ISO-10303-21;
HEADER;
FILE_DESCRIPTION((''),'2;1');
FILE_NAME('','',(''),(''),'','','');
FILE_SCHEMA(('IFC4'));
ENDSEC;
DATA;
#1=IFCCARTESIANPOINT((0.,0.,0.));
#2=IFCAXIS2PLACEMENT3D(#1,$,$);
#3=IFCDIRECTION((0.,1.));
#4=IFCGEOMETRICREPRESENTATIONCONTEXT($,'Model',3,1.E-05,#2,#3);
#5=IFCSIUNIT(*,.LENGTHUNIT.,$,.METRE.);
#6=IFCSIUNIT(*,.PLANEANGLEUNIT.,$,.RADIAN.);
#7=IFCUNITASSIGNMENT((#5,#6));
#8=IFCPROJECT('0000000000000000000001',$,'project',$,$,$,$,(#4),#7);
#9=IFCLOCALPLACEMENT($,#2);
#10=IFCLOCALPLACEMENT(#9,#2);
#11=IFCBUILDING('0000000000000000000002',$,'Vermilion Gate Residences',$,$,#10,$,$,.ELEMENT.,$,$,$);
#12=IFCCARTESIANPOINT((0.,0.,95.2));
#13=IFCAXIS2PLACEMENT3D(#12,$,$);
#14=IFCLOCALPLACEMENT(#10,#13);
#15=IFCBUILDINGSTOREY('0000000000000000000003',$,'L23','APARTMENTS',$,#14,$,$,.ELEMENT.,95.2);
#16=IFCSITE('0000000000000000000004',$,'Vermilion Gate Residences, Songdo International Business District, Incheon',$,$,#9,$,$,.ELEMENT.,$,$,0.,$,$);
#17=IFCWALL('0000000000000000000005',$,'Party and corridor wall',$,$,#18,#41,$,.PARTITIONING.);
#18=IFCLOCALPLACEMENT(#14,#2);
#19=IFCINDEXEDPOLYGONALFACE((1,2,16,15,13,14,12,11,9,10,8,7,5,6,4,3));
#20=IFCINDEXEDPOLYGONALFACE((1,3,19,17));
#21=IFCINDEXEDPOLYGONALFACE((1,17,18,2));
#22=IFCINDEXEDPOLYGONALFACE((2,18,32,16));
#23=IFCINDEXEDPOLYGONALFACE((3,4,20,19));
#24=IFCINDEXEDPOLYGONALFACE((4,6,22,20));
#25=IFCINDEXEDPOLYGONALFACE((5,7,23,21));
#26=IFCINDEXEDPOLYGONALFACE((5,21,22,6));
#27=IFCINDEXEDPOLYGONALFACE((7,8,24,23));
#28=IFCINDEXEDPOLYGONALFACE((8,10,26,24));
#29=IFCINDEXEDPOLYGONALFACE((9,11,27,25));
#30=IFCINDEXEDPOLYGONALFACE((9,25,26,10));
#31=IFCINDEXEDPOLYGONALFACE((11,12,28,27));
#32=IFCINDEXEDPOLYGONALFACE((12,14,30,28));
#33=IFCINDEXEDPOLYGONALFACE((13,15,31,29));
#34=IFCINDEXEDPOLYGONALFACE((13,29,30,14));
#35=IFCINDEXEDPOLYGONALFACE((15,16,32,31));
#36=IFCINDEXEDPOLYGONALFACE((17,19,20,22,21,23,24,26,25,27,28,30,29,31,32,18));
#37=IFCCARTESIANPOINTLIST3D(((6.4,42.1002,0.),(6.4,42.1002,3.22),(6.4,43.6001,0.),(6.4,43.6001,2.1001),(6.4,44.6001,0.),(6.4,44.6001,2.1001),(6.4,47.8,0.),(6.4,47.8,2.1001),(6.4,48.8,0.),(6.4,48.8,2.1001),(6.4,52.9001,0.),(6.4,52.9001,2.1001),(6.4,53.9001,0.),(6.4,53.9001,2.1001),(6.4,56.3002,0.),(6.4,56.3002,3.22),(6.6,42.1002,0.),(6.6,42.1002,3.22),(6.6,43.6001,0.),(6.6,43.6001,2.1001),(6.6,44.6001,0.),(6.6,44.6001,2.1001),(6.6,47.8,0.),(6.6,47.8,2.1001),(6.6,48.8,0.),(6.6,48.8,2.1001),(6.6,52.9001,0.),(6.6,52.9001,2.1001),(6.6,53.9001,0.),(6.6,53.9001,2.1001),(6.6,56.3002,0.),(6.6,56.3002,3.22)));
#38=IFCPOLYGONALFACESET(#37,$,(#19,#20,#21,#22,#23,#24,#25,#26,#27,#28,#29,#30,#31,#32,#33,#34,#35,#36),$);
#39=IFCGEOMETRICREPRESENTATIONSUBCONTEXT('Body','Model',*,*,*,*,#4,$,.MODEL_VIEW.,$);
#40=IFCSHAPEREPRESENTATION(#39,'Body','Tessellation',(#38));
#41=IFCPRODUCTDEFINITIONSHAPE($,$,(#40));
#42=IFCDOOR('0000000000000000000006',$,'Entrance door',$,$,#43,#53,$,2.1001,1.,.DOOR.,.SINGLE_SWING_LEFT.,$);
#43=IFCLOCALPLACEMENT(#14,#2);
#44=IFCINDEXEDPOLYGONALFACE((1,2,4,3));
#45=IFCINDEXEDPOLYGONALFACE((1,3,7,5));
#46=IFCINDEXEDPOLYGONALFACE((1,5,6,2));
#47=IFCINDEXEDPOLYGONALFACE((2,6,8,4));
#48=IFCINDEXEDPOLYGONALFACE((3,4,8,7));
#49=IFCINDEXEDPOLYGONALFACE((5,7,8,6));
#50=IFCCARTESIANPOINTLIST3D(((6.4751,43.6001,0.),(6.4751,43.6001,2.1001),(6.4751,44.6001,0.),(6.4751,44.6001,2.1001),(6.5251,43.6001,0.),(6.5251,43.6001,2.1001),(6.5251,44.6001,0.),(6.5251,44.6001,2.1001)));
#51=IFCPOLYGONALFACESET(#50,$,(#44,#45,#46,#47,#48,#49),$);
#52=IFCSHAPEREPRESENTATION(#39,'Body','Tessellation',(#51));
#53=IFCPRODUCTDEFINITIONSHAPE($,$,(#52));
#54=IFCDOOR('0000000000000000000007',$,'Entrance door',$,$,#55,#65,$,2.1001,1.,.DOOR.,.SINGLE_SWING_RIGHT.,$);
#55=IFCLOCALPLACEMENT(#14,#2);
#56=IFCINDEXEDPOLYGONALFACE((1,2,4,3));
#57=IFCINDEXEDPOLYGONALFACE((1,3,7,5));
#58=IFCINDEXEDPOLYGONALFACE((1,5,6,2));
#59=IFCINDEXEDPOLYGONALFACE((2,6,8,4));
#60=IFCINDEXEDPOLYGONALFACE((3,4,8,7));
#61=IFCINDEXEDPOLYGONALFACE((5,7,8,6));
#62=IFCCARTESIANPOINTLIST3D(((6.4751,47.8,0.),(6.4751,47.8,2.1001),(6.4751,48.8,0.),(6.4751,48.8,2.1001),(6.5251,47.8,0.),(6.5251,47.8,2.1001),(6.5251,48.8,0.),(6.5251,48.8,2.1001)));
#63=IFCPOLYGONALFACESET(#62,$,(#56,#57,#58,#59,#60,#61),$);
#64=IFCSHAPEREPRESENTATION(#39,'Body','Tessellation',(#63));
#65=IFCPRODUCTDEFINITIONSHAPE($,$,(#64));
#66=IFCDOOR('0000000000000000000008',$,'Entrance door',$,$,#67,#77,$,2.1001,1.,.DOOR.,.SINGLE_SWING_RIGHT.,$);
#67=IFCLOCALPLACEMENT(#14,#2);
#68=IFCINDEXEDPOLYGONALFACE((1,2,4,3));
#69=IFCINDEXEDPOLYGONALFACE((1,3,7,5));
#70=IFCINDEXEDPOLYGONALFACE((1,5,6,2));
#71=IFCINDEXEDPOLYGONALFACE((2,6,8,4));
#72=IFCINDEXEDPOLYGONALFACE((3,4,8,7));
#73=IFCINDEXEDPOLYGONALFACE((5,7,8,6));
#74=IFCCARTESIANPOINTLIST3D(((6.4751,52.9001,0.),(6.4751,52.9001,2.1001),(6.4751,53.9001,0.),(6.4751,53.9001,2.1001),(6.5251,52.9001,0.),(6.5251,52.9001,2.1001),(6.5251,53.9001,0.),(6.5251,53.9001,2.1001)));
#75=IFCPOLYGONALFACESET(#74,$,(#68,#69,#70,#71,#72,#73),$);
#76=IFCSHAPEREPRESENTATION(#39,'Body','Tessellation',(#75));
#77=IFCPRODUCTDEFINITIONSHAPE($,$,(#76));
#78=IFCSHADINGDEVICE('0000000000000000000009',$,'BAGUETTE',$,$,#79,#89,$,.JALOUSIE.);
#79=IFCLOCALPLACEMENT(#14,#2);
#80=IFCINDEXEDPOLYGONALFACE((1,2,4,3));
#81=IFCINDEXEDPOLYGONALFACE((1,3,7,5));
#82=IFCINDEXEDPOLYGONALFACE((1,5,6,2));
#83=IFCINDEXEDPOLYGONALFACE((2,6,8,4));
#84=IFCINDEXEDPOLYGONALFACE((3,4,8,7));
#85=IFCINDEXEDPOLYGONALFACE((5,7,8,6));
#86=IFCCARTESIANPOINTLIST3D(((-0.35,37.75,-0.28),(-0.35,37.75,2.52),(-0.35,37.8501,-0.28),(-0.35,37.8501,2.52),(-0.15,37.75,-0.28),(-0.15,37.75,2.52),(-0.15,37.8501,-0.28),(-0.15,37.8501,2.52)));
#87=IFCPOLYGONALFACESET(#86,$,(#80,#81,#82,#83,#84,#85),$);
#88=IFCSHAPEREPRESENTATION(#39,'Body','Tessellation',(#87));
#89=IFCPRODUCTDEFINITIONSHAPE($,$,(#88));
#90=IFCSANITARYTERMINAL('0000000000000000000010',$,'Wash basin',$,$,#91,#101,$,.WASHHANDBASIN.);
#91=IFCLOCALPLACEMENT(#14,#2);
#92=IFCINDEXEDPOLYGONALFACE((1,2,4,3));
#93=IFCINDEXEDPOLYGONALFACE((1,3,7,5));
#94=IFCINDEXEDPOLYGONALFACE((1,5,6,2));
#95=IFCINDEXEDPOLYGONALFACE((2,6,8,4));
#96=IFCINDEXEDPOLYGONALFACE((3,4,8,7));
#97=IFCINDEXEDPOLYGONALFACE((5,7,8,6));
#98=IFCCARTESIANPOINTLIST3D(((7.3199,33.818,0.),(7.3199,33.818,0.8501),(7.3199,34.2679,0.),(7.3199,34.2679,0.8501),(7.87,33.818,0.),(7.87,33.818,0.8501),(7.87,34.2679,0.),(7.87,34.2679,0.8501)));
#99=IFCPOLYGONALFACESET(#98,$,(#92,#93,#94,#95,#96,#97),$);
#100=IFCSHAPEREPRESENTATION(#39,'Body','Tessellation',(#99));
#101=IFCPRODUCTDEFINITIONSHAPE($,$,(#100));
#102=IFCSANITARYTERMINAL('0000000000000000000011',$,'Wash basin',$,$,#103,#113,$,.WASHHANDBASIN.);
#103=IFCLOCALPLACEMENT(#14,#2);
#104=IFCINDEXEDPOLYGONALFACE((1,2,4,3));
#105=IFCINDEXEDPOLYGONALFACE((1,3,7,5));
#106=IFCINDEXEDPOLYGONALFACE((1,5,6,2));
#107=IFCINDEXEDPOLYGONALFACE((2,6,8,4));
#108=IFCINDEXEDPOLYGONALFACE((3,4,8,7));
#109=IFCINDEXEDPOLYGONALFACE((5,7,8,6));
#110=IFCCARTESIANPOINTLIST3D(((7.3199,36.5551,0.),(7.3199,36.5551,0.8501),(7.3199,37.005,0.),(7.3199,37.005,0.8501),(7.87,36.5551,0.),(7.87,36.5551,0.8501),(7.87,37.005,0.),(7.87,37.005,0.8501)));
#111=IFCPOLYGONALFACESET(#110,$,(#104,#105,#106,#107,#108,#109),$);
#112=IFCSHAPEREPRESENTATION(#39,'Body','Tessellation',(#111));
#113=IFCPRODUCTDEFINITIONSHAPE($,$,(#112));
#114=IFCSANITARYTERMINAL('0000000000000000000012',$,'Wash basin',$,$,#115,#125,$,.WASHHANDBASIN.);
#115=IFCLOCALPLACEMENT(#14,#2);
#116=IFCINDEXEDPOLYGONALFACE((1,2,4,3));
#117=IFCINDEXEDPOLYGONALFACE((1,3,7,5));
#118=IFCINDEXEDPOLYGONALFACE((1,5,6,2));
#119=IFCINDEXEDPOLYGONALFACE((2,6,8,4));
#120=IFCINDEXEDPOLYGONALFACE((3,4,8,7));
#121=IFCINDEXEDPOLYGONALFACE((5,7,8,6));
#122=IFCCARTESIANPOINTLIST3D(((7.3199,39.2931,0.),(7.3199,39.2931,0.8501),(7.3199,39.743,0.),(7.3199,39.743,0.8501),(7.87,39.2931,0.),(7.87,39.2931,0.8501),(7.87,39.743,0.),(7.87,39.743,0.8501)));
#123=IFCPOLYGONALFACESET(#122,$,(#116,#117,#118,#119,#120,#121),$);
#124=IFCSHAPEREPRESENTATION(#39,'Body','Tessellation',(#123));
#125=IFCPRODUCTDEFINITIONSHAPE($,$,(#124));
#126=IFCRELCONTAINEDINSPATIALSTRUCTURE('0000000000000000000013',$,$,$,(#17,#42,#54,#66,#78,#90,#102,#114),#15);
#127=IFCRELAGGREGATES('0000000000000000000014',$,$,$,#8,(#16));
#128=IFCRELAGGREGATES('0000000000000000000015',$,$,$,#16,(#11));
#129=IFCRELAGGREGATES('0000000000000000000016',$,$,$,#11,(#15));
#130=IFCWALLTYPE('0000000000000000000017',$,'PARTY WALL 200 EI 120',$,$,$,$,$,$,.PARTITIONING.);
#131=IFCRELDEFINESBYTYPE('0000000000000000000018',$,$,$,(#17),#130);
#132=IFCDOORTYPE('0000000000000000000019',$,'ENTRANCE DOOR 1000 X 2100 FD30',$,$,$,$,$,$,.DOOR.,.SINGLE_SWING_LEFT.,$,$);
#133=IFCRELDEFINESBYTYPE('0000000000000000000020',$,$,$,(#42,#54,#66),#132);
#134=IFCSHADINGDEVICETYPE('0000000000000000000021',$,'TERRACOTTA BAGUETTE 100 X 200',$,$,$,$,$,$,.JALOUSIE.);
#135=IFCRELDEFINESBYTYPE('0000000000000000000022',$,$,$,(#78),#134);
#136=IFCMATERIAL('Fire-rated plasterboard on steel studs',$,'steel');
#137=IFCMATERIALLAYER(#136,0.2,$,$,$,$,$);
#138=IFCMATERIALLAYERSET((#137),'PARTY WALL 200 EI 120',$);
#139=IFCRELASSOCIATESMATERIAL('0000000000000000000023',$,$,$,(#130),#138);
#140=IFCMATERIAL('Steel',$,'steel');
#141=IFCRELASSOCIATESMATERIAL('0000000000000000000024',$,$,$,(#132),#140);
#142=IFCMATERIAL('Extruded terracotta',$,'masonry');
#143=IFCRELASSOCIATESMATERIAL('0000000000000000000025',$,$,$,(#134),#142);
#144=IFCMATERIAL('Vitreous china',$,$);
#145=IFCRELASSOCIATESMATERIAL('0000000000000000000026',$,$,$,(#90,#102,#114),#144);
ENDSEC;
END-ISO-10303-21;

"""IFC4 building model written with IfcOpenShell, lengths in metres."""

from ifc_helpers import new_model, si_unit, direction, frame, frame_2d, origin, origin_2d, place, context, subcontext, project, spatial, rectangle, extrude, material, layer, layer_set, material_profile, profile_set, type_object, element, fill, save


model = new_model("IFC4")

# Units and contexts
model_context = context("Model", 3, precision=1e-05, world=origin(), true_north=direction((0.0, 1.0)))
body_context = subcontext(model_context, "Body", "Model", "MODEL_VIEW")
ifc_project = project(units=[si_unit("LENGTHUNIT", "METRE"), si_unit("PLANEANGLEUNIT", "RADIAN")], contexts=[model_context])

# Site, building, storey
site_placement = place(None, origin())
site = spatial("IfcSite", under=ifc_project, at=site_placement, Name="Vermilion Gate Residences, Songdo International Business District, Incheon", CompositionType="ELEMENT", RefElevation=0.0)
building_placement = place(site_placement, origin())
building = spatial("IfcBuilding", under=site, at=building_placement, Name="Vermilion Gate Residences", CompositionType="ELEMENT")
storey_placement = place(building_placement, frame((0.0, 0.0, 95.2)))
storey = spatial("IfcBuildingStorey", under=building, at=storey_placement, Name="L23", Description="APARTMENTS", CompositionType="ELEMENT", Elevation=95.2)

# Shared definitions
ifc_material_1 = material(Name="Fire-rated plasterboard on steel studs", Category="steel")
ifc_layer_1 = layer(ifc_material_1, 0.2)
ifc_layer_set_1 = layer_set([ifc_layer_1], Name="PARTY WALL 200 EI 120")
wall_type_1 = type_object("IfcWallType", Name="PARTY WALL 200 EI 120", PredefinedType="PARTITIONING", material=ifc_layer_set_1)

# Wall, openings, doors
wall_1_placement = place(storey_placement, frame((6.5, 42.1001, 0.0), z_axis=(0.0, 0.0, 1.0), x_axis=(0.0, 1.0, 0.0)))
wall_1 = element("IfcWall", 1, at=wall_1_placement, inside=storey, type_object=wall_type_1, Name="Party and corridor wall", PredefinedType="PARTITIONING", context=body_context, shape_type="SweptSolid", body=[
    extrude(rectangle(XDim=14.2, YDim=0.2, at=frame_2d((7.1001, 0.0))), origin(), (0.0, 0.0, 1.0), 3.22),
])
opening_1_placement = place(wall_1_placement, frame((1.5, 0.0, 0.0)))
opening_1 = element("IfcOpeningElement", 2, at=opening_1_placement, cuts=wall_1, PredefinedType="OPENING", context=body_context, shape_type="SweptSolid", body=[
    extrude(rectangle(XDim=1.0, YDim=2.1001, at=frame_2d((0.5, 1.05))), frame((0.0, 0.1099, 0.0), z_axis=(0.0, -1.0, 0.0), x_axis=(1.0, 0.0, 0.0)), (0.0, 0.0, 1.0), 0.22),
])
opening_2_placement = place(wall_1_placement, frame((5.7, 0.0, 0.0)))
opening_2 = element("IfcOpeningElement", 3, at=opening_2_placement, cuts=wall_1, PredefinedType="OPENING", context=body_context, shape_type="SweptSolid", body=[
    extrude(rectangle(XDim=1.0, YDim=2.1001, at=frame_2d((0.5, 1.05))), frame((0.0, 0.1099, 0.0), z_axis=(0.0, -1.0, 0.0), x_axis=(1.0, 0.0, 0.0)), (0.0, 0.0, 1.0), 0.22),
])
opening_3_placement = place(wall_1_placement, frame((10.8, 0.0, 0.0)))
opening_3 = element("IfcOpeningElement", 4, at=opening_3_placement, cuts=wall_1, PredefinedType="OPENING", context=body_context, shape_type="SweptSolid", body=[
    extrude(rectangle(XDim=1.0, YDim=2.1001, at=frame_2d((0.5, 1.05))), frame((0.0, 0.1099, 0.0), z_axis=(0.0, -1.0, 0.0), x_axis=(1.0, 0.0, 0.0)), (0.0, 0.0, 1.0), 0.22),
])
ifc_material_2 = material(Name="Steel", Category="steel")
door_type = type_object("IfcDoorType", Name="ENTRANCE DOOR 1000 X 2100 FD30", OperationType="SINGLE_SWING_LEFT", PredefinedType="DOOR", material=ifc_material_2)
door_1_placement = place(opening_1_placement, origin())
door_1 = element("IfcDoor", 5, at=door_1_placement, inside=storey, type_object=door_type, Name="Entrance door", OperationType="SINGLE_SWING_LEFT", OverallHeight=2.1001, OverallWidth=1.0, PredefinedType="DOOR", context=body_context, shape_type="SweptSolid", body=[
    extrude(rectangle(XDim=1.0, YDim=2.1001, at=frame_2d((0.5, 1.05))), frame((0.0, 0.0249, 0.0), z_axis=(0.0, -1.0, 0.0), x_axis=(1.0, 0.0, 0.0)), (0.0, 0.0, 1.0), 0.05),
])
fill(opening_1, door_1)
door_2_placement = place(opening_2_placement, origin())
door_2 = element("IfcDoor", 6, at=door_2_placement, inside=storey, type_object=door_type, Name="Entrance door", OperationType="SINGLE_SWING_RIGHT", OverallHeight=2.1001, OverallWidth=1.0, PredefinedType="DOOR", context=body_context, shape_type="SweptSolid", body=[
    extrude(rectangle(XDim=1.0, YDim=2.1001, at=frame_2d((0.5, 1.05))), frame((0.0, 0.0249, 0.0), z_axis=(0.0, -1.0, 0.0), x_axis=(1.0, 0.0, 0.0)), (0.0, 0.0, 1.0), 0.05),
])
fill(opening_2, door_2)
door_3_placement = place(opening_3_placement, origin())
door_3 = element("IfcDoor", 7, at=door_3_placement, inside=storey, type_object=door_type, Name="Entrance door", OperationType="SINGLE_SWING_RIGHT", OverallHeight=2.1001, OverallWidth=1.0, PredefinedType="DOOR", context=body_context, shape_type="SweptSolid", body=[
    extrude(rectangle(XDim=1.0, YDim=2.1001, at=frame_2d((0.5, 1.05))), frame((0.0, 0.0249, 0.0), z_axis=(0.0, -1.0, 0.0), x_axis=(1.0, 0.0, 0.0)), (0.0, 0.0, 1.0), 0.05),
])
fill(opening_3, door_3)

# Shading device
ifc_material_3 = material(Name="Extruded terracotta", Category="masonry")
ifc_material_profile_1 = material_profile(ifc_material_3, rectangle(XDim=0.2, YDim=0.1001, at=origin_2d()), Name="BAGUETTE 100 X 200")
ifc_profile_set_1 = profile_set([ifc_material_profile_1], Name="Extruded terracotta")
shading_device_type = type_object("IfcShadingDeviceType", Name="TERRACOTTA BAGUETTE 100 X 200", PredefinedType="JALOUSIE", material=ifc_profile_set_1)
shading_device_placement = place(storey_placement, frame((-0.25, 37.8, -0.28), z_axis=(0.0, 0.0, 1.0), x_axis=(1.0, 0.0, 0.0)))
element("IfcShadingDevice", 8, at=shading_device_placement, inside=storey, type_object=shading_device_type, Name="BAGUETTE", PredefinedType="JALOUSIE", context=body_context, shape_type="SweptSolid", body=[
    extrude(rectangle(XDim=0.2, YDim=0.1001, at=origin_2d()), origin(), (0.0, 0.0, 1.0), 2.8),
])

# Sanitary terminals
ifc_material_4 = material(Name="Vitreous china")
for number, where, z_axis, x_axis, name in (
    (9, (7.595, 34.043, 0.0), (0.0, 0.0, 1.0), (1.0, 0.0, 0.0), "Wash basin"),
    (10, (7.595, 36.78, 0.0), (0.0, 0.0, 1.0), (1.0, 0.0, 0.0), "Wash basin"),
    (11, (7.595, 39.5181, 0.0), (0.0, 0.0, 1.0), (1.0, 0.0, 0.0), "Wash basin"),
):
    element("IfcSanitaryTerminal", number, at=place(storey_placement, frame(where, z_axis=z_axis, x_axis=x_axis)), inside=storey, material=ifc_material_4, Name=name, PredefinedType="WASHHANDBASIN", context=body_context, shape_type="SweptSolid", body=[
        extrude(rectangle(XDim=0.55, YDim=0.45, at=origin_2d()), origin(), (0.0, 0.0, 1.0), 0.8501),
    ])

save(model, "model.ifc")
